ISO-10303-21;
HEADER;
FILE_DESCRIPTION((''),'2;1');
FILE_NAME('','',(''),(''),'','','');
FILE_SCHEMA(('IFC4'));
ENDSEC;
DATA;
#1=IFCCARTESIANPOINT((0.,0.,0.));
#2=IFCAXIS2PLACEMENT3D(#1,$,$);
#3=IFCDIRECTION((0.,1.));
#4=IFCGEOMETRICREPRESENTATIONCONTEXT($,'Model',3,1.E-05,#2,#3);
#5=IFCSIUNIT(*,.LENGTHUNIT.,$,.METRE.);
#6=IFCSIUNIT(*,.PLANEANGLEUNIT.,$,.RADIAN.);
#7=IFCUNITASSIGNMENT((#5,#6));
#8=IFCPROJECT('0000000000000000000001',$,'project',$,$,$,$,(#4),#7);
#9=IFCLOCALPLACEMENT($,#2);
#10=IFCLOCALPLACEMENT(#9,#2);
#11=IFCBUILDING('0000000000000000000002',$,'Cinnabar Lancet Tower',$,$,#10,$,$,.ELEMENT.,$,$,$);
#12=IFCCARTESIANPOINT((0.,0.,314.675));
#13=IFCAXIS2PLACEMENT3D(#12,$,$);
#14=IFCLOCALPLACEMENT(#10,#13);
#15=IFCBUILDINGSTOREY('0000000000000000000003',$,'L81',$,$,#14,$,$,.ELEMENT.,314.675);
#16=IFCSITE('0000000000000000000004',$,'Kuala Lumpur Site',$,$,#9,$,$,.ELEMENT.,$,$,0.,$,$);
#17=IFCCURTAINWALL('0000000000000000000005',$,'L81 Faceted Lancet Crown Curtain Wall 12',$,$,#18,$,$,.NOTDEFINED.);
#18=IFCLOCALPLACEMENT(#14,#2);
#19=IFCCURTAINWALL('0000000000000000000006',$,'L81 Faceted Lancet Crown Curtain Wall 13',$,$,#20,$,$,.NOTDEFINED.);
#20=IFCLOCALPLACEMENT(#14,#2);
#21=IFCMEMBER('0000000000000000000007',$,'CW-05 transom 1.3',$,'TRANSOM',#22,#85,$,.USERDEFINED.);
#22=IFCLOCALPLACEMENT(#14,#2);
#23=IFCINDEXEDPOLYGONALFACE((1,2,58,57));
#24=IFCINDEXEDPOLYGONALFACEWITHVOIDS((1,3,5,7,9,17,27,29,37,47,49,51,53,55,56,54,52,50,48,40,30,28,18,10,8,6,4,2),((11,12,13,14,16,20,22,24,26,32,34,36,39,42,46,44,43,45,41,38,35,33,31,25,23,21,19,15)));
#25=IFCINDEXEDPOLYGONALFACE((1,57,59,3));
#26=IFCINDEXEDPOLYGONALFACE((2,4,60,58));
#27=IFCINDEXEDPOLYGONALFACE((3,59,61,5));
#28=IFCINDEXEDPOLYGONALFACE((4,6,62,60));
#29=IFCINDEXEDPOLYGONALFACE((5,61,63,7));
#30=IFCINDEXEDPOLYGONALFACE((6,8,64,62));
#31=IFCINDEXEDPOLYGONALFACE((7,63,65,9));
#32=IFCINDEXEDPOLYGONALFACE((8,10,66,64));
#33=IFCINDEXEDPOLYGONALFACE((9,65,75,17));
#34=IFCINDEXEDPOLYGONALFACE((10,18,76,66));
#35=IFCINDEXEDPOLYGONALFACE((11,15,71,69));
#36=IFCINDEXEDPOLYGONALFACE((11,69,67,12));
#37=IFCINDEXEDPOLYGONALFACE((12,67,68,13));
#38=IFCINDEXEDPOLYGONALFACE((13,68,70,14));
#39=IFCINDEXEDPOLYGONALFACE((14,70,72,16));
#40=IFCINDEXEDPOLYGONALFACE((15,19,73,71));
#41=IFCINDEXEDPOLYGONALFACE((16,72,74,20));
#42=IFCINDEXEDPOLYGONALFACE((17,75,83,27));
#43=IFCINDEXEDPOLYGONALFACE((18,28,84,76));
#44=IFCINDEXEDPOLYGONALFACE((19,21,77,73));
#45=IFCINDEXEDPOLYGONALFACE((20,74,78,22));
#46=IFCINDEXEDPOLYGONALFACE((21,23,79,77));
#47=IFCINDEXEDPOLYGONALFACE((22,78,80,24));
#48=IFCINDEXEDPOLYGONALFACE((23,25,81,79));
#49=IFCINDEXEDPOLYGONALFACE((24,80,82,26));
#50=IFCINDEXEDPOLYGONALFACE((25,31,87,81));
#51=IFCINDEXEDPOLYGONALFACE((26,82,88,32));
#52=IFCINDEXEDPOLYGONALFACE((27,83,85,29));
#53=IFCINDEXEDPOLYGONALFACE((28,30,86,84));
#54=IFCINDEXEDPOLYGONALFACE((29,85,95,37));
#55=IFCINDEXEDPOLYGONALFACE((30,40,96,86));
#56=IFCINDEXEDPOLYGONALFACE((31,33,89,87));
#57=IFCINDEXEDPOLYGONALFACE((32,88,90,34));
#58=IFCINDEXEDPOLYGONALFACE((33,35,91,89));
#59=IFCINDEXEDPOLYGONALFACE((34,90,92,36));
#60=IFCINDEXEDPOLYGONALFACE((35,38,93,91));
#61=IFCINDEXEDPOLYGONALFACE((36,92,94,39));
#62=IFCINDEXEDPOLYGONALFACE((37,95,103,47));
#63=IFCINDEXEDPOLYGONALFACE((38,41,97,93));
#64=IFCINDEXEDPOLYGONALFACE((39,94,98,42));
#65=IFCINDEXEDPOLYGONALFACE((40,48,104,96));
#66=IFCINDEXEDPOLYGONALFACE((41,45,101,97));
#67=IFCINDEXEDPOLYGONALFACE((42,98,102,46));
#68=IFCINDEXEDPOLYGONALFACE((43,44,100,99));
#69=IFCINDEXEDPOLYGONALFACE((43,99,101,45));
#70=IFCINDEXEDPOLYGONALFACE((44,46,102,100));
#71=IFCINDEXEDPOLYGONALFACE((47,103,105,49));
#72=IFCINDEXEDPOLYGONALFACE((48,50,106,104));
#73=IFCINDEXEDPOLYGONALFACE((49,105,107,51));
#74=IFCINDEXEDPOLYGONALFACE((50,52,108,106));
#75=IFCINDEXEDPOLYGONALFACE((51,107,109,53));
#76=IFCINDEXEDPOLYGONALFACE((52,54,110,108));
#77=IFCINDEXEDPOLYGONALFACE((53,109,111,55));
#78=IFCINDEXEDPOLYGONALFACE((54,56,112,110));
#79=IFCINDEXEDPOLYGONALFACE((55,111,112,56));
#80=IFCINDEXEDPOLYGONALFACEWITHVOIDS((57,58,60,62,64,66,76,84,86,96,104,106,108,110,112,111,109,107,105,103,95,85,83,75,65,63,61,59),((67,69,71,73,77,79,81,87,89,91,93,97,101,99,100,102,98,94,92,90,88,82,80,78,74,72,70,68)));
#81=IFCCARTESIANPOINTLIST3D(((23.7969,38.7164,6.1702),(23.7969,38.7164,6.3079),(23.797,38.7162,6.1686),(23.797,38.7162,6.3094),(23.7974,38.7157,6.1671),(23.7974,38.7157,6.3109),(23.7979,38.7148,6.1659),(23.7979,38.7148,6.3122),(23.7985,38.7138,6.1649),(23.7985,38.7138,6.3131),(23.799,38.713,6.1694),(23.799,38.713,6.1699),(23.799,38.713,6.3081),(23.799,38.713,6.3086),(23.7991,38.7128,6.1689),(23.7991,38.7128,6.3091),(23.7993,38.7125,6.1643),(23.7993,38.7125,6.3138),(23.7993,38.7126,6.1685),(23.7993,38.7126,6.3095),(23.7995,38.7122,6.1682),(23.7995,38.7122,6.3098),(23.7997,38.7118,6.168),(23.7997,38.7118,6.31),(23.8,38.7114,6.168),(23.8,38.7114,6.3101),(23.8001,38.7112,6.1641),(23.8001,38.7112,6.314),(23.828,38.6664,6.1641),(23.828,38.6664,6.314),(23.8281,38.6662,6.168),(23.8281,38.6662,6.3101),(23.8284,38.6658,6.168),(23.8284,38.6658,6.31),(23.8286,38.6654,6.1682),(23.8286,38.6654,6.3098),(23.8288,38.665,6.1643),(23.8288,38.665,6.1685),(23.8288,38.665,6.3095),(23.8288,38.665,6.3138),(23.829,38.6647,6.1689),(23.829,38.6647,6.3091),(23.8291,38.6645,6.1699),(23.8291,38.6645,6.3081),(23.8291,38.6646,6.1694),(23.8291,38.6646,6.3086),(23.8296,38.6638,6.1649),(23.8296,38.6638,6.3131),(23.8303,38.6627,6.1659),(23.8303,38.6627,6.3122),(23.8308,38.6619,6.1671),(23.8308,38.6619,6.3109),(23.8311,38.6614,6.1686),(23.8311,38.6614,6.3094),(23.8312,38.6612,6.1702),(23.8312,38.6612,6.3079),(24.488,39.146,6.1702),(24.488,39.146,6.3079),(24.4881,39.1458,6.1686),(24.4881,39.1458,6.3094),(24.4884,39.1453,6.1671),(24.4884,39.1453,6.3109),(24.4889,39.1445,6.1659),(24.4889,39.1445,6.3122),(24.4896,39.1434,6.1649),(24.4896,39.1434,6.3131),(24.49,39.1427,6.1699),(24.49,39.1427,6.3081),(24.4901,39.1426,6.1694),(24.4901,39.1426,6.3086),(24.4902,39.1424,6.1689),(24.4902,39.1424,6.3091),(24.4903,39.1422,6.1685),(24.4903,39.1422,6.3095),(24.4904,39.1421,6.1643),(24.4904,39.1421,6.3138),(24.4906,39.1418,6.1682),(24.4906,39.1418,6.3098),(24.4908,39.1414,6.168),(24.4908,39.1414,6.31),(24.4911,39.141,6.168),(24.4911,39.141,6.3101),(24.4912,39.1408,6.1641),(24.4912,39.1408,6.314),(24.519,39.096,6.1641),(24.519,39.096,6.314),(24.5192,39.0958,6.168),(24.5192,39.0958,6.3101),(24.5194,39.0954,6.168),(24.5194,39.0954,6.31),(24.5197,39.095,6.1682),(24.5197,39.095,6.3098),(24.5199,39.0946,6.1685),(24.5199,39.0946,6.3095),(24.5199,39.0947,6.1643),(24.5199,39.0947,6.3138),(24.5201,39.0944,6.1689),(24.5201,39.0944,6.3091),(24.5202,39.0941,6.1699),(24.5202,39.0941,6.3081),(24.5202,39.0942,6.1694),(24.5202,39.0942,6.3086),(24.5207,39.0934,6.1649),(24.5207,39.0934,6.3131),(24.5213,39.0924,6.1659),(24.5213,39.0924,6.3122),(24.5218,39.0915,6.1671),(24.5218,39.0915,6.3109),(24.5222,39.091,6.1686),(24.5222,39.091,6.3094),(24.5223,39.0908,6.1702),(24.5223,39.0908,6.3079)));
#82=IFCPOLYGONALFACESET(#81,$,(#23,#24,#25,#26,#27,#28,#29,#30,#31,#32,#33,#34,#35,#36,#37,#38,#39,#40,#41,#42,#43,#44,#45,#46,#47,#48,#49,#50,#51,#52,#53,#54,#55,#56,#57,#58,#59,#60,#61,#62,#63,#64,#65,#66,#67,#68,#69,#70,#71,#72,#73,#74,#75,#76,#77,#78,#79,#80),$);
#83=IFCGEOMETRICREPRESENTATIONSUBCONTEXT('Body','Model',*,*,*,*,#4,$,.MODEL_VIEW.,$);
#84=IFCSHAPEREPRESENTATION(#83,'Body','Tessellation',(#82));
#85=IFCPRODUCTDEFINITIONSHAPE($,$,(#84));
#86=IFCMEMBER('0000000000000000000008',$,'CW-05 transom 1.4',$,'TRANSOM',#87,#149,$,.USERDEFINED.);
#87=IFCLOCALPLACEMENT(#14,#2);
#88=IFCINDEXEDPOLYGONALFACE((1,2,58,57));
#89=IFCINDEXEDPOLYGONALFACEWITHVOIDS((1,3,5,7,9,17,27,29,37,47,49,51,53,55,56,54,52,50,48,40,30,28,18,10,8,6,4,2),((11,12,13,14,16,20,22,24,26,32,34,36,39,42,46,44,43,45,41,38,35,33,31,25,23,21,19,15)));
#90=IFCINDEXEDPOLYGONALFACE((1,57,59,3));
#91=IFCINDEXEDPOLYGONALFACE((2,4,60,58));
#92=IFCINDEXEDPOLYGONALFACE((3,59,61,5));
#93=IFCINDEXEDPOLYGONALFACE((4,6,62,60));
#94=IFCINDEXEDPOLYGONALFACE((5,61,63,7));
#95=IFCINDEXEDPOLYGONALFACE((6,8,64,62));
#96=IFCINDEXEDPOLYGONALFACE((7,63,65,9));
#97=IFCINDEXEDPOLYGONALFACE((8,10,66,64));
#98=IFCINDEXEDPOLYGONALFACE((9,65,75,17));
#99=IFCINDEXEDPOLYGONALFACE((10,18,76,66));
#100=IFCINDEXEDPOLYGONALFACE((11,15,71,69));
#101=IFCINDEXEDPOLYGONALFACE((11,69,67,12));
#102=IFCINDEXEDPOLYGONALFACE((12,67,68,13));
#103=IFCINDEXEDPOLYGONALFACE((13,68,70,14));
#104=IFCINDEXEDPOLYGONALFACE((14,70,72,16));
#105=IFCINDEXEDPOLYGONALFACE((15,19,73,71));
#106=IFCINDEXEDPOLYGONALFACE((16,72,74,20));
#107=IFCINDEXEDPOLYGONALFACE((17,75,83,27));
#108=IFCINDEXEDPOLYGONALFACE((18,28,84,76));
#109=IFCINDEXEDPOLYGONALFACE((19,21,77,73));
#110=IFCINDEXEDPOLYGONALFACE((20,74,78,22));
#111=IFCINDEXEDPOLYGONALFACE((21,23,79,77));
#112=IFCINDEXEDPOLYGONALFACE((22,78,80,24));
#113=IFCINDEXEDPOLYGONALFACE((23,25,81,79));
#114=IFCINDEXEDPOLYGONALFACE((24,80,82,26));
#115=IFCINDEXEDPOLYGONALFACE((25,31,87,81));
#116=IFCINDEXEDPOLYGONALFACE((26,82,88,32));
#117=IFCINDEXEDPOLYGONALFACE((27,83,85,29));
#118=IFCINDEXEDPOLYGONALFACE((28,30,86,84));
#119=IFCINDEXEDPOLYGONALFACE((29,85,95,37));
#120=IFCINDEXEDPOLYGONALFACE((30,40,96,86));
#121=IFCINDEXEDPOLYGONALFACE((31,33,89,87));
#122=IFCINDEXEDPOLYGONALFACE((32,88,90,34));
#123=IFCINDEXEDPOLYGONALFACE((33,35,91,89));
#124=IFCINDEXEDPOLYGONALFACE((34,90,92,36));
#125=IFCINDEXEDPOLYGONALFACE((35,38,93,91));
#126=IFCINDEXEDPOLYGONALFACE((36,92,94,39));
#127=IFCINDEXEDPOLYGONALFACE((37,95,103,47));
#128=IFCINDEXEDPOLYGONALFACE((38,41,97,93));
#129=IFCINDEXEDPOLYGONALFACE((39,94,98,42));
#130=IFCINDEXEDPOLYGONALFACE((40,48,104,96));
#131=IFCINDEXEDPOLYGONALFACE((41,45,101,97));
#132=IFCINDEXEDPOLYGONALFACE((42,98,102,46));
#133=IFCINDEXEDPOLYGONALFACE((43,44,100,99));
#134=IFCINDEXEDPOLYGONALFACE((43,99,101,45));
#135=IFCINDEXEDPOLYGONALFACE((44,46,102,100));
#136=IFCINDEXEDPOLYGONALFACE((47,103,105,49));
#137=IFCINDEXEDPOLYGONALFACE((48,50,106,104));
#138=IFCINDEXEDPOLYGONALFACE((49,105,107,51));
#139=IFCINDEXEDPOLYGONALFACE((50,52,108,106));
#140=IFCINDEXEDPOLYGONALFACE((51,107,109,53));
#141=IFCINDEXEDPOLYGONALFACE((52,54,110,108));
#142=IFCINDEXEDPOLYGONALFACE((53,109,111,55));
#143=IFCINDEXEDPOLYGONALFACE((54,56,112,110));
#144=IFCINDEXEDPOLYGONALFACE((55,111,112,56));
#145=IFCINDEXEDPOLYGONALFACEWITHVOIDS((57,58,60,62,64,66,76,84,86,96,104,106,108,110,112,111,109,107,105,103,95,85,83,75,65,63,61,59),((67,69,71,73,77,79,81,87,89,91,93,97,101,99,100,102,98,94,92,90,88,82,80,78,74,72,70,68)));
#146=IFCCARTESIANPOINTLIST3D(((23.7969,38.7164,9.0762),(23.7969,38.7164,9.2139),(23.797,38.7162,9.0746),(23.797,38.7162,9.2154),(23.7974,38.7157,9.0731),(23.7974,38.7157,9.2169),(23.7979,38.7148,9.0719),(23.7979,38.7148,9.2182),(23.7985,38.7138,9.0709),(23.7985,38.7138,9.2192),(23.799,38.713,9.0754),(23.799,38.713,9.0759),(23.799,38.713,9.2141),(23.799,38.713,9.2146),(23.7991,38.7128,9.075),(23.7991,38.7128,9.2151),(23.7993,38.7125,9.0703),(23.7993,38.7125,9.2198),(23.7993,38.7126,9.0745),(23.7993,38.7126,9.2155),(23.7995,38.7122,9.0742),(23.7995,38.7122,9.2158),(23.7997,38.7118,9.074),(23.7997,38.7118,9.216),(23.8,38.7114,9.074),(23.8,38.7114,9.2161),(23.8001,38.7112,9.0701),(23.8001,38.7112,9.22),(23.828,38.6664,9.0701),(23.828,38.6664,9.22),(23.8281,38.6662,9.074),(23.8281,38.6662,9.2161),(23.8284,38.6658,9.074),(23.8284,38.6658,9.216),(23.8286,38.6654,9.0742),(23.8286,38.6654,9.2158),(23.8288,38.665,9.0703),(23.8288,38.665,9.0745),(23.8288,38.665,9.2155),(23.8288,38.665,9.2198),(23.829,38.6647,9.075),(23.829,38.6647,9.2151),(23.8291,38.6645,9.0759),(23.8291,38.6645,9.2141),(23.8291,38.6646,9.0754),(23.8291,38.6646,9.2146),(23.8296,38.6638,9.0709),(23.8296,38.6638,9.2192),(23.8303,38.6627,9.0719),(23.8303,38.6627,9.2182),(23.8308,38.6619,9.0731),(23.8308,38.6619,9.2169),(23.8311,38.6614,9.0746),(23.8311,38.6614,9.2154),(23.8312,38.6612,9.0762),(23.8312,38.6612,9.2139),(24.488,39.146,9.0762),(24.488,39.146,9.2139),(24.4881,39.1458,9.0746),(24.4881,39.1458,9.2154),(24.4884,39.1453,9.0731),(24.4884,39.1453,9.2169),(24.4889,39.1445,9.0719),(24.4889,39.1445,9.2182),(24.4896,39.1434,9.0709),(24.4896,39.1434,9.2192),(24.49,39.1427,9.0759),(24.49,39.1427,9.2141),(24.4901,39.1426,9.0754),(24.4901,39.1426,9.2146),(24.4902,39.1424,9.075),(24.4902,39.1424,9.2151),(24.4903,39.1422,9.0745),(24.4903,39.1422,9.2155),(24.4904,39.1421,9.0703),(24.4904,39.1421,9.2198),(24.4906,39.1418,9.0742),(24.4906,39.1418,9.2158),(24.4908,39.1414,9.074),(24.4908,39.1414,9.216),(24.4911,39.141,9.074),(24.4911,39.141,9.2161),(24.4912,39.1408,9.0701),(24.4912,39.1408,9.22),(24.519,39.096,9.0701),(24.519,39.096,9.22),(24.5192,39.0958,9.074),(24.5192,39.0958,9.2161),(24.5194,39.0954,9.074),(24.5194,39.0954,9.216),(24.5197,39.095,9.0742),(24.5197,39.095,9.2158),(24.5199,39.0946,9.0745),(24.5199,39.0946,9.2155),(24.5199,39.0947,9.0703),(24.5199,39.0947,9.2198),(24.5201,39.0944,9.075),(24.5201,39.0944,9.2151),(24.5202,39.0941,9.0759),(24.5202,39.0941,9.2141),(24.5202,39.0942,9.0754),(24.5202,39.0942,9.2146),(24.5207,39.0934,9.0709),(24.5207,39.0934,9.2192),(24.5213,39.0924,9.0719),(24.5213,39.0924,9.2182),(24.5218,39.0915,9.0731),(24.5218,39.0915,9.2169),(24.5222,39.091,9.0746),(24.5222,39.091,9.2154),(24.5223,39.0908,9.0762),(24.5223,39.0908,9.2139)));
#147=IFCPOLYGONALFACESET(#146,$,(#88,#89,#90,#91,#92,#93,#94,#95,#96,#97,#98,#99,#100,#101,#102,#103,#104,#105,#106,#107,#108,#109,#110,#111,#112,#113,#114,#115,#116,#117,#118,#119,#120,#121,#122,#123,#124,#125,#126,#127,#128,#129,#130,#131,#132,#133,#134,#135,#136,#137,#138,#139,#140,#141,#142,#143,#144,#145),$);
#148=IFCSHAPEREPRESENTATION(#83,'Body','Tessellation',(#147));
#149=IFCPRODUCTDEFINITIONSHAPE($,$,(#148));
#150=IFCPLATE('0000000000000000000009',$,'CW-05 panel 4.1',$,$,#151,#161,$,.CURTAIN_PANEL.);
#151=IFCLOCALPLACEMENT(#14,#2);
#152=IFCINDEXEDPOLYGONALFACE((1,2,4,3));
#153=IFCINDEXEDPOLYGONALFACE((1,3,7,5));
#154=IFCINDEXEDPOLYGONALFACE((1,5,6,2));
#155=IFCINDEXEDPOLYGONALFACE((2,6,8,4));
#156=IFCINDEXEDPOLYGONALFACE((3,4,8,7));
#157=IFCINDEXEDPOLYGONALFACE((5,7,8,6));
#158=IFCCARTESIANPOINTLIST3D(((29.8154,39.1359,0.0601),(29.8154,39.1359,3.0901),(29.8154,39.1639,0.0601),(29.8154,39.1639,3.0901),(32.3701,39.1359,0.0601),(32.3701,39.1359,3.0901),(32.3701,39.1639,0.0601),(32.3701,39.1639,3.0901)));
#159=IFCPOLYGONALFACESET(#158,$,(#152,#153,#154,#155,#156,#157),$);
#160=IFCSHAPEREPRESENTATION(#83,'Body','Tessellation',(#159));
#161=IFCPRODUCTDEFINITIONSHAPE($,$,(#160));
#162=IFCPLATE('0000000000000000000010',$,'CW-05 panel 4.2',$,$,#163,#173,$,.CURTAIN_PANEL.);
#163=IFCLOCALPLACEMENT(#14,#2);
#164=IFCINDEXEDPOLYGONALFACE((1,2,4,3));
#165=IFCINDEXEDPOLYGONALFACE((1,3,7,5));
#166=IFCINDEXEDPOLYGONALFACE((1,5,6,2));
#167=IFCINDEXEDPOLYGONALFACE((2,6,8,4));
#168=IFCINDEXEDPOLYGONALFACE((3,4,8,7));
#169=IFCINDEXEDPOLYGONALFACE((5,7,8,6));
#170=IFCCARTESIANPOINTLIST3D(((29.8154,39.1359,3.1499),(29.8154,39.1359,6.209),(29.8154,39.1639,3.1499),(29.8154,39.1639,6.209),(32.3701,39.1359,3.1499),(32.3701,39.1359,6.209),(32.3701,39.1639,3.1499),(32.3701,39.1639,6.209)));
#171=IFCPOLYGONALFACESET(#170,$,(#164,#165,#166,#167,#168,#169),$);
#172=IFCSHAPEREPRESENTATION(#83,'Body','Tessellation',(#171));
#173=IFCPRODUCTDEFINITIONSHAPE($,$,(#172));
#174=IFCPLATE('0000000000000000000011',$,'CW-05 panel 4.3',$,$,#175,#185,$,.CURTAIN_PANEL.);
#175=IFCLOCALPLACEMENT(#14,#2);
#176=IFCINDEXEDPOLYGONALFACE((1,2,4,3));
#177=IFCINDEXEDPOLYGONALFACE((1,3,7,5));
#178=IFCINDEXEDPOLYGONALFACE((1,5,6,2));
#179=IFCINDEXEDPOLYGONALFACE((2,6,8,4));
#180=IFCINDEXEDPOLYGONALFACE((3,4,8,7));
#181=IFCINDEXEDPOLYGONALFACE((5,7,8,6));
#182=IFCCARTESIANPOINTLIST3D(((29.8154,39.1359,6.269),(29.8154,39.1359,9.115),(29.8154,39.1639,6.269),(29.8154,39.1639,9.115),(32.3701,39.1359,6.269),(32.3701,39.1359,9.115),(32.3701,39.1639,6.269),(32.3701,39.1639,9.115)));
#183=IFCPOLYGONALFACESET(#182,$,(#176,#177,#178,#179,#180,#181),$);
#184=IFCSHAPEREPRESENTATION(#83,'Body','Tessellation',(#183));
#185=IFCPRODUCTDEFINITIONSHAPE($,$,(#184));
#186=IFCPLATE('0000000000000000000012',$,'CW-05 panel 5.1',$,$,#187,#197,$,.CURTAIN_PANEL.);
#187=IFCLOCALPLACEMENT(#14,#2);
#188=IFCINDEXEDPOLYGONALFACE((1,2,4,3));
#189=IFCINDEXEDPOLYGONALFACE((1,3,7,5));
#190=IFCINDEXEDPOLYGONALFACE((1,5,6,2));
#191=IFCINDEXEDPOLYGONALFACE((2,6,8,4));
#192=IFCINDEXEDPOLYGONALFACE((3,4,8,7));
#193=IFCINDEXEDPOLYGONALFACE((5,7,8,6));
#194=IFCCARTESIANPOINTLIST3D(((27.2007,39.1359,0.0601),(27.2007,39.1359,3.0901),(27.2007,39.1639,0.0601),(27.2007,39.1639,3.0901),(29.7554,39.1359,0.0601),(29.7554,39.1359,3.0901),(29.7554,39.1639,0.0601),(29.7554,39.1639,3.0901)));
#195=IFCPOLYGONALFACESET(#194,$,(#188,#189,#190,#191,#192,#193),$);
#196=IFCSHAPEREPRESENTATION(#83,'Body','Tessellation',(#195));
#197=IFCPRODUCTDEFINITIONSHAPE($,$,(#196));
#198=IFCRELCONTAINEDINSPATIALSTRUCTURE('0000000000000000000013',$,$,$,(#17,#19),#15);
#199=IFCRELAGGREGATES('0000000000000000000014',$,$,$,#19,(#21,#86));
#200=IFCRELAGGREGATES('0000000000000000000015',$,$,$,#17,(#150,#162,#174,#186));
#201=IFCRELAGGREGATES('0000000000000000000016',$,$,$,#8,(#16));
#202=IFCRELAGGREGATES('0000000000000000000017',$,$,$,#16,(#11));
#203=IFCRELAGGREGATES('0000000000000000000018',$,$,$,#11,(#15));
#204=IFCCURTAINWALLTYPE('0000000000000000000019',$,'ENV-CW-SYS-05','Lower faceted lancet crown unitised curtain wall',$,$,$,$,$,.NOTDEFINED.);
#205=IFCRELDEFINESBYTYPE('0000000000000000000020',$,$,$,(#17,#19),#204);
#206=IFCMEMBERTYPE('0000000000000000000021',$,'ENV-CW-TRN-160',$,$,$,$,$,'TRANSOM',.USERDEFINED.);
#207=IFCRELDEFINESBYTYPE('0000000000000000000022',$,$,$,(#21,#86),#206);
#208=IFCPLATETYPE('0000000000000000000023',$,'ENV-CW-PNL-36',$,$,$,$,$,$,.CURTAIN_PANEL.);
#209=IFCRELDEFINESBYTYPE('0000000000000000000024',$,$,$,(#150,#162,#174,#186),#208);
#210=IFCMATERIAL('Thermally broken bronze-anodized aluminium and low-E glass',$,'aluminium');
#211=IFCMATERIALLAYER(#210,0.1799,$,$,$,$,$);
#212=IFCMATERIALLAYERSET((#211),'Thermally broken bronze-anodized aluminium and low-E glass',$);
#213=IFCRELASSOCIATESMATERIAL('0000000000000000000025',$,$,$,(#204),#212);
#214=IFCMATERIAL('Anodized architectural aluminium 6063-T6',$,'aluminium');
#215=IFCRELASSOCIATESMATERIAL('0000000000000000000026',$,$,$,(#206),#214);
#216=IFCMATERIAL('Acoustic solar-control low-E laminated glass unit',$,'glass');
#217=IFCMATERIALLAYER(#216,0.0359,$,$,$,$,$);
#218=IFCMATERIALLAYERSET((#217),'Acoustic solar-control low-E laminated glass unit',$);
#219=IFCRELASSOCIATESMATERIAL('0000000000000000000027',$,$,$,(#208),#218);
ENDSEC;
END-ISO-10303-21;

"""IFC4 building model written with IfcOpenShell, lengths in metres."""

from ifc_helpers import new_model, si_unit, direction, frame, origin, origin_2d, place, context, subcontext, project, spatial, rectangle, hollow_rectangle, extrude, material, layer, layer_set, material_profile, profile_set, type_object, element, aggregate, save


model = new_model("IFC4")

# Units and contexts
model_context = context("Model", 3, precision=1e-05, world=origin(), true_north=direction((0.0, 1.0)))
body_context = subcontext(model_context, "Body", "Model", "MODEL_VIEW")
ifc_project = project(units=[si_unit("LENGTHUNIT", "METRE"), si_unit("PLANEANGLEUNIT", "RADIAN")], contexts=[model_context])

# Site, building, storey
site_placement = place(None, origin())
site = spatial("IfcSite", under=ifc_project, at=site_placement, Name="Kuala Lumpur Site", CompositionType="ELEMENT", RefElevation=0.0)
building_placement = place(site_placement, origin())
building = spatial("IfcBuilding", under=site, at=building_placement, Name="Cinnabar Lancet Tower", CompositionType="ELEMENT")
storey_placement = place(building_placement, frame((0.0, 0.0, 314.675)))
storey = spatial("IfcBuildingStorey", under=building, at=storey_placement, Name="L81", CompositionType="ELEMENT", Elevation=314.675)

# Curtain wall
ifc_material_1 = material(Name="Thermally broken bronze-anodized aluminium and low-E glass", Category="aluminium")
ifc_layer_1 = layer(ifc_material_1, 0.1799)
ifc_layer_set_1 = layer_set([ifc_layer_1], Name="Thermally broken bronze-anodized aluminium and low-E glass")
curtain_wall_type = type_object("IfcCurtainWallType", Name="ENV-CW-SYS-05", Description="Lower faceted lancet crown unitised curtain wall", PredefinedType="NOTDEFINED", material=ifc_layer_set_1)
curtain_wall_1_placement = place(storey_placement, origin())
curtain_wall_1 = element("IfcCurtainWall", 1, at=curtain_wall_1_placement, inside=storey, type_object=curtain_wall_type, Name="L81 Faceted Lancet Crown Curtain Wall 12", PredefinedType="NOTDEFINED")

# Curtain wall
curtain_wall_2_placement = place(storey_placement, origin())
curtain_wall_2 = element("IfcCurtainWall", 2, at=curtain_wall_2_placement, inside=storey, type_object=curtain_wall_type, Name="L81 Faceted Lancet Crown Curtain Wall 13", PredefinedType="NOTDEFINED")

# Members
ifc_material_2 = material(Name="Anodized architectural aluminium 6063-T6", Category="aluminium")
ifc_material_profile_1 = material_profile(ifc_material_2, hollow_rectangle(XDim=0.0649, YDim=0.1499, WallThickness=0.0039, InnerFilletRadius=0.002, OuterFilletRadius=0.0061, at=origin_2d()), Name="CW-TRN 150x65x4")
ifc_profile_set_1 = profile_set([ifc_material_profile_1], Name="Anodized architectural aluminium 6063-T6")
member_type_1 = type_object("IfcMemberType", Name="ENV-CW-TRN-160", ElementType="TRANSOM", PredefinedType="USERDEFINED", material=ifc_profile_set_1)
member_1_placement = place(storey_placement, frame((24.5051, 39.1184, 6.239), z_axis=(-0.84926, -0.527975, 0.0), x_axis=(0.527975, -0.84926, 0.0)))
member_1 = element("IfcMember", 3, at=member_1_placement, type_object=member_type_1, Name="CW-05 transom 1.3", ObjectType="TRANSOM", PredefinedType="USERDEFINED", context=body_context, shape_type="SweptSolid", body=[
    extrude(hollow_rectangle(XDim=0.0649, YDim=0.1499, WallThickness=0.0039, InnerFilletRadius=0.002, OuterFilletRadius=0.0061, at=origin_2d()), origin(), (0.0, 0.0, 1.0), 0.8137),
])
member_2_placement = place(storey_placement, frame((24.5051, 39.1184, 9.145), z_axis=(-0.84926, -0.527975, 0.0), x_axis=(0.527975, -0.84926, 0.0)))
member_2 = element("IfcMember", 4, at=member_2_placement, type_object=member_type_1, Name="CW-05 transom 1.4", ObjectType="TRANSOM", PredefinedType="USERDEFINED", context=body_context, shape_type="SweptSolid", body=[
    extrude(hollow_rectangle(XDim=0.0649, YDim=0.1499, WallThickness=0.0039, InnerFilletRadius=0.002, OuterFilletRadius=0.0061, at=origin_2d()), origin(), (0.0, 0.0, 1.0), 0.8137),
])
aggregate(curtain_wall_2, [member_1, member_2])

# Plates
ifc_material_3 = material(Name="Acoustic solar-control low-E laminated glass unit", Category="glass")
ifc_layer_2 = layer(ifc_material_3, 0.0359)
ifc_layer_set_2 = layer_set([ifc_layer_2], Name="Acoustic solar-control low-E laminated glass unit")
plate_type = type_object("IfcPlateType", Name="ENV-CW-PNL-36", PredefinedType="CURTAIN_PANEL", material=ifc_layer_set_2)
plate_1_placement = place(storey_placement, frame((31.0928, 39.1499, 0.0601), z_axis=(0.0, 0.0, 1.0), x_axis=(-1.0, 0.0, 0.0)))
plate_1 = element("IfcPlate", 5, at=plate_1_placement, type_object=plate_type, Name="CW-05 panel 4.1", PredefinedType="CURTAIN_PANEL", context=body_context, shape_type="SweptSolid", body=[
    extrude(rectangle(XDim=2.5547, YDim=0.0281, at=origin_2d()), origin(), (0.0, 0.0, 1.0), 3.03),
])
plate_2_placement = place(storey_placement, frame((31.0928, 39.1499, 3.1499), z_axis=(0.0, 0.0, 1.0), x_axis=(-1.0, 0.0, 0.0)))
plate_2 = element("IfcPlate", 6, at=plate_2_placement, type_object=plate_type, Name="CW-05 panel 4.2", PredefinedType="CURTAIN_PANEL", context=body_context, shape_type="SweptSolid", body=[
    extrude(rectangle(XDim=2.5547, YDim=0.0281, at=origin_2d()), origin(), (0.0, 0.0, 1.0), 3.0591),
])
plate_3_placement = place(storey_placement, frame((31.0928, 39.1499, 6.269), z_axis=(0.0, 0.0, 1.0), x_axis=(-1.0, 0.0, 0.0)))
plate_3 = element("IfcPlate", 7, at=plate_3_placement, type_object=plate_type, Name="CW-05 panel 4.3", PredefinedType="CURTAIN_PANEL", context=body_context, shape_type="SweptSolid", body=[
    extrude(rectangle(XDim=2.5547, YDim=0.0281, at=origin_2d()), origin(), (0.0, 0.0, 1.0), 2.8459),
])
plate_4_placement = place(storey_placement, frame((28.478, 39.1499, 0.0601), z_axis=(0.0, 0.0, 1.0), x_axis=(-1.0, 0.0, 0.0)))
plate_4 = element("IfcPlate", 8, at=plate_4_placement, type_object=plate_type, Name="CW-05 panel 5.1", PredefinedType="CURTAIN_PANEL", context=body_context, shape_type="SweptSolid", body=[
    extrude(rectangle(XDim=2.5547, YDim=0.0281, at=origin_2d()), origin(), (0.0, 0.0, 1.0), 3.03),
])
aggregate(curtain_wall_1, [plate_1, plate_2, plate_3, plate_4])

save(model, "model.ifc")
